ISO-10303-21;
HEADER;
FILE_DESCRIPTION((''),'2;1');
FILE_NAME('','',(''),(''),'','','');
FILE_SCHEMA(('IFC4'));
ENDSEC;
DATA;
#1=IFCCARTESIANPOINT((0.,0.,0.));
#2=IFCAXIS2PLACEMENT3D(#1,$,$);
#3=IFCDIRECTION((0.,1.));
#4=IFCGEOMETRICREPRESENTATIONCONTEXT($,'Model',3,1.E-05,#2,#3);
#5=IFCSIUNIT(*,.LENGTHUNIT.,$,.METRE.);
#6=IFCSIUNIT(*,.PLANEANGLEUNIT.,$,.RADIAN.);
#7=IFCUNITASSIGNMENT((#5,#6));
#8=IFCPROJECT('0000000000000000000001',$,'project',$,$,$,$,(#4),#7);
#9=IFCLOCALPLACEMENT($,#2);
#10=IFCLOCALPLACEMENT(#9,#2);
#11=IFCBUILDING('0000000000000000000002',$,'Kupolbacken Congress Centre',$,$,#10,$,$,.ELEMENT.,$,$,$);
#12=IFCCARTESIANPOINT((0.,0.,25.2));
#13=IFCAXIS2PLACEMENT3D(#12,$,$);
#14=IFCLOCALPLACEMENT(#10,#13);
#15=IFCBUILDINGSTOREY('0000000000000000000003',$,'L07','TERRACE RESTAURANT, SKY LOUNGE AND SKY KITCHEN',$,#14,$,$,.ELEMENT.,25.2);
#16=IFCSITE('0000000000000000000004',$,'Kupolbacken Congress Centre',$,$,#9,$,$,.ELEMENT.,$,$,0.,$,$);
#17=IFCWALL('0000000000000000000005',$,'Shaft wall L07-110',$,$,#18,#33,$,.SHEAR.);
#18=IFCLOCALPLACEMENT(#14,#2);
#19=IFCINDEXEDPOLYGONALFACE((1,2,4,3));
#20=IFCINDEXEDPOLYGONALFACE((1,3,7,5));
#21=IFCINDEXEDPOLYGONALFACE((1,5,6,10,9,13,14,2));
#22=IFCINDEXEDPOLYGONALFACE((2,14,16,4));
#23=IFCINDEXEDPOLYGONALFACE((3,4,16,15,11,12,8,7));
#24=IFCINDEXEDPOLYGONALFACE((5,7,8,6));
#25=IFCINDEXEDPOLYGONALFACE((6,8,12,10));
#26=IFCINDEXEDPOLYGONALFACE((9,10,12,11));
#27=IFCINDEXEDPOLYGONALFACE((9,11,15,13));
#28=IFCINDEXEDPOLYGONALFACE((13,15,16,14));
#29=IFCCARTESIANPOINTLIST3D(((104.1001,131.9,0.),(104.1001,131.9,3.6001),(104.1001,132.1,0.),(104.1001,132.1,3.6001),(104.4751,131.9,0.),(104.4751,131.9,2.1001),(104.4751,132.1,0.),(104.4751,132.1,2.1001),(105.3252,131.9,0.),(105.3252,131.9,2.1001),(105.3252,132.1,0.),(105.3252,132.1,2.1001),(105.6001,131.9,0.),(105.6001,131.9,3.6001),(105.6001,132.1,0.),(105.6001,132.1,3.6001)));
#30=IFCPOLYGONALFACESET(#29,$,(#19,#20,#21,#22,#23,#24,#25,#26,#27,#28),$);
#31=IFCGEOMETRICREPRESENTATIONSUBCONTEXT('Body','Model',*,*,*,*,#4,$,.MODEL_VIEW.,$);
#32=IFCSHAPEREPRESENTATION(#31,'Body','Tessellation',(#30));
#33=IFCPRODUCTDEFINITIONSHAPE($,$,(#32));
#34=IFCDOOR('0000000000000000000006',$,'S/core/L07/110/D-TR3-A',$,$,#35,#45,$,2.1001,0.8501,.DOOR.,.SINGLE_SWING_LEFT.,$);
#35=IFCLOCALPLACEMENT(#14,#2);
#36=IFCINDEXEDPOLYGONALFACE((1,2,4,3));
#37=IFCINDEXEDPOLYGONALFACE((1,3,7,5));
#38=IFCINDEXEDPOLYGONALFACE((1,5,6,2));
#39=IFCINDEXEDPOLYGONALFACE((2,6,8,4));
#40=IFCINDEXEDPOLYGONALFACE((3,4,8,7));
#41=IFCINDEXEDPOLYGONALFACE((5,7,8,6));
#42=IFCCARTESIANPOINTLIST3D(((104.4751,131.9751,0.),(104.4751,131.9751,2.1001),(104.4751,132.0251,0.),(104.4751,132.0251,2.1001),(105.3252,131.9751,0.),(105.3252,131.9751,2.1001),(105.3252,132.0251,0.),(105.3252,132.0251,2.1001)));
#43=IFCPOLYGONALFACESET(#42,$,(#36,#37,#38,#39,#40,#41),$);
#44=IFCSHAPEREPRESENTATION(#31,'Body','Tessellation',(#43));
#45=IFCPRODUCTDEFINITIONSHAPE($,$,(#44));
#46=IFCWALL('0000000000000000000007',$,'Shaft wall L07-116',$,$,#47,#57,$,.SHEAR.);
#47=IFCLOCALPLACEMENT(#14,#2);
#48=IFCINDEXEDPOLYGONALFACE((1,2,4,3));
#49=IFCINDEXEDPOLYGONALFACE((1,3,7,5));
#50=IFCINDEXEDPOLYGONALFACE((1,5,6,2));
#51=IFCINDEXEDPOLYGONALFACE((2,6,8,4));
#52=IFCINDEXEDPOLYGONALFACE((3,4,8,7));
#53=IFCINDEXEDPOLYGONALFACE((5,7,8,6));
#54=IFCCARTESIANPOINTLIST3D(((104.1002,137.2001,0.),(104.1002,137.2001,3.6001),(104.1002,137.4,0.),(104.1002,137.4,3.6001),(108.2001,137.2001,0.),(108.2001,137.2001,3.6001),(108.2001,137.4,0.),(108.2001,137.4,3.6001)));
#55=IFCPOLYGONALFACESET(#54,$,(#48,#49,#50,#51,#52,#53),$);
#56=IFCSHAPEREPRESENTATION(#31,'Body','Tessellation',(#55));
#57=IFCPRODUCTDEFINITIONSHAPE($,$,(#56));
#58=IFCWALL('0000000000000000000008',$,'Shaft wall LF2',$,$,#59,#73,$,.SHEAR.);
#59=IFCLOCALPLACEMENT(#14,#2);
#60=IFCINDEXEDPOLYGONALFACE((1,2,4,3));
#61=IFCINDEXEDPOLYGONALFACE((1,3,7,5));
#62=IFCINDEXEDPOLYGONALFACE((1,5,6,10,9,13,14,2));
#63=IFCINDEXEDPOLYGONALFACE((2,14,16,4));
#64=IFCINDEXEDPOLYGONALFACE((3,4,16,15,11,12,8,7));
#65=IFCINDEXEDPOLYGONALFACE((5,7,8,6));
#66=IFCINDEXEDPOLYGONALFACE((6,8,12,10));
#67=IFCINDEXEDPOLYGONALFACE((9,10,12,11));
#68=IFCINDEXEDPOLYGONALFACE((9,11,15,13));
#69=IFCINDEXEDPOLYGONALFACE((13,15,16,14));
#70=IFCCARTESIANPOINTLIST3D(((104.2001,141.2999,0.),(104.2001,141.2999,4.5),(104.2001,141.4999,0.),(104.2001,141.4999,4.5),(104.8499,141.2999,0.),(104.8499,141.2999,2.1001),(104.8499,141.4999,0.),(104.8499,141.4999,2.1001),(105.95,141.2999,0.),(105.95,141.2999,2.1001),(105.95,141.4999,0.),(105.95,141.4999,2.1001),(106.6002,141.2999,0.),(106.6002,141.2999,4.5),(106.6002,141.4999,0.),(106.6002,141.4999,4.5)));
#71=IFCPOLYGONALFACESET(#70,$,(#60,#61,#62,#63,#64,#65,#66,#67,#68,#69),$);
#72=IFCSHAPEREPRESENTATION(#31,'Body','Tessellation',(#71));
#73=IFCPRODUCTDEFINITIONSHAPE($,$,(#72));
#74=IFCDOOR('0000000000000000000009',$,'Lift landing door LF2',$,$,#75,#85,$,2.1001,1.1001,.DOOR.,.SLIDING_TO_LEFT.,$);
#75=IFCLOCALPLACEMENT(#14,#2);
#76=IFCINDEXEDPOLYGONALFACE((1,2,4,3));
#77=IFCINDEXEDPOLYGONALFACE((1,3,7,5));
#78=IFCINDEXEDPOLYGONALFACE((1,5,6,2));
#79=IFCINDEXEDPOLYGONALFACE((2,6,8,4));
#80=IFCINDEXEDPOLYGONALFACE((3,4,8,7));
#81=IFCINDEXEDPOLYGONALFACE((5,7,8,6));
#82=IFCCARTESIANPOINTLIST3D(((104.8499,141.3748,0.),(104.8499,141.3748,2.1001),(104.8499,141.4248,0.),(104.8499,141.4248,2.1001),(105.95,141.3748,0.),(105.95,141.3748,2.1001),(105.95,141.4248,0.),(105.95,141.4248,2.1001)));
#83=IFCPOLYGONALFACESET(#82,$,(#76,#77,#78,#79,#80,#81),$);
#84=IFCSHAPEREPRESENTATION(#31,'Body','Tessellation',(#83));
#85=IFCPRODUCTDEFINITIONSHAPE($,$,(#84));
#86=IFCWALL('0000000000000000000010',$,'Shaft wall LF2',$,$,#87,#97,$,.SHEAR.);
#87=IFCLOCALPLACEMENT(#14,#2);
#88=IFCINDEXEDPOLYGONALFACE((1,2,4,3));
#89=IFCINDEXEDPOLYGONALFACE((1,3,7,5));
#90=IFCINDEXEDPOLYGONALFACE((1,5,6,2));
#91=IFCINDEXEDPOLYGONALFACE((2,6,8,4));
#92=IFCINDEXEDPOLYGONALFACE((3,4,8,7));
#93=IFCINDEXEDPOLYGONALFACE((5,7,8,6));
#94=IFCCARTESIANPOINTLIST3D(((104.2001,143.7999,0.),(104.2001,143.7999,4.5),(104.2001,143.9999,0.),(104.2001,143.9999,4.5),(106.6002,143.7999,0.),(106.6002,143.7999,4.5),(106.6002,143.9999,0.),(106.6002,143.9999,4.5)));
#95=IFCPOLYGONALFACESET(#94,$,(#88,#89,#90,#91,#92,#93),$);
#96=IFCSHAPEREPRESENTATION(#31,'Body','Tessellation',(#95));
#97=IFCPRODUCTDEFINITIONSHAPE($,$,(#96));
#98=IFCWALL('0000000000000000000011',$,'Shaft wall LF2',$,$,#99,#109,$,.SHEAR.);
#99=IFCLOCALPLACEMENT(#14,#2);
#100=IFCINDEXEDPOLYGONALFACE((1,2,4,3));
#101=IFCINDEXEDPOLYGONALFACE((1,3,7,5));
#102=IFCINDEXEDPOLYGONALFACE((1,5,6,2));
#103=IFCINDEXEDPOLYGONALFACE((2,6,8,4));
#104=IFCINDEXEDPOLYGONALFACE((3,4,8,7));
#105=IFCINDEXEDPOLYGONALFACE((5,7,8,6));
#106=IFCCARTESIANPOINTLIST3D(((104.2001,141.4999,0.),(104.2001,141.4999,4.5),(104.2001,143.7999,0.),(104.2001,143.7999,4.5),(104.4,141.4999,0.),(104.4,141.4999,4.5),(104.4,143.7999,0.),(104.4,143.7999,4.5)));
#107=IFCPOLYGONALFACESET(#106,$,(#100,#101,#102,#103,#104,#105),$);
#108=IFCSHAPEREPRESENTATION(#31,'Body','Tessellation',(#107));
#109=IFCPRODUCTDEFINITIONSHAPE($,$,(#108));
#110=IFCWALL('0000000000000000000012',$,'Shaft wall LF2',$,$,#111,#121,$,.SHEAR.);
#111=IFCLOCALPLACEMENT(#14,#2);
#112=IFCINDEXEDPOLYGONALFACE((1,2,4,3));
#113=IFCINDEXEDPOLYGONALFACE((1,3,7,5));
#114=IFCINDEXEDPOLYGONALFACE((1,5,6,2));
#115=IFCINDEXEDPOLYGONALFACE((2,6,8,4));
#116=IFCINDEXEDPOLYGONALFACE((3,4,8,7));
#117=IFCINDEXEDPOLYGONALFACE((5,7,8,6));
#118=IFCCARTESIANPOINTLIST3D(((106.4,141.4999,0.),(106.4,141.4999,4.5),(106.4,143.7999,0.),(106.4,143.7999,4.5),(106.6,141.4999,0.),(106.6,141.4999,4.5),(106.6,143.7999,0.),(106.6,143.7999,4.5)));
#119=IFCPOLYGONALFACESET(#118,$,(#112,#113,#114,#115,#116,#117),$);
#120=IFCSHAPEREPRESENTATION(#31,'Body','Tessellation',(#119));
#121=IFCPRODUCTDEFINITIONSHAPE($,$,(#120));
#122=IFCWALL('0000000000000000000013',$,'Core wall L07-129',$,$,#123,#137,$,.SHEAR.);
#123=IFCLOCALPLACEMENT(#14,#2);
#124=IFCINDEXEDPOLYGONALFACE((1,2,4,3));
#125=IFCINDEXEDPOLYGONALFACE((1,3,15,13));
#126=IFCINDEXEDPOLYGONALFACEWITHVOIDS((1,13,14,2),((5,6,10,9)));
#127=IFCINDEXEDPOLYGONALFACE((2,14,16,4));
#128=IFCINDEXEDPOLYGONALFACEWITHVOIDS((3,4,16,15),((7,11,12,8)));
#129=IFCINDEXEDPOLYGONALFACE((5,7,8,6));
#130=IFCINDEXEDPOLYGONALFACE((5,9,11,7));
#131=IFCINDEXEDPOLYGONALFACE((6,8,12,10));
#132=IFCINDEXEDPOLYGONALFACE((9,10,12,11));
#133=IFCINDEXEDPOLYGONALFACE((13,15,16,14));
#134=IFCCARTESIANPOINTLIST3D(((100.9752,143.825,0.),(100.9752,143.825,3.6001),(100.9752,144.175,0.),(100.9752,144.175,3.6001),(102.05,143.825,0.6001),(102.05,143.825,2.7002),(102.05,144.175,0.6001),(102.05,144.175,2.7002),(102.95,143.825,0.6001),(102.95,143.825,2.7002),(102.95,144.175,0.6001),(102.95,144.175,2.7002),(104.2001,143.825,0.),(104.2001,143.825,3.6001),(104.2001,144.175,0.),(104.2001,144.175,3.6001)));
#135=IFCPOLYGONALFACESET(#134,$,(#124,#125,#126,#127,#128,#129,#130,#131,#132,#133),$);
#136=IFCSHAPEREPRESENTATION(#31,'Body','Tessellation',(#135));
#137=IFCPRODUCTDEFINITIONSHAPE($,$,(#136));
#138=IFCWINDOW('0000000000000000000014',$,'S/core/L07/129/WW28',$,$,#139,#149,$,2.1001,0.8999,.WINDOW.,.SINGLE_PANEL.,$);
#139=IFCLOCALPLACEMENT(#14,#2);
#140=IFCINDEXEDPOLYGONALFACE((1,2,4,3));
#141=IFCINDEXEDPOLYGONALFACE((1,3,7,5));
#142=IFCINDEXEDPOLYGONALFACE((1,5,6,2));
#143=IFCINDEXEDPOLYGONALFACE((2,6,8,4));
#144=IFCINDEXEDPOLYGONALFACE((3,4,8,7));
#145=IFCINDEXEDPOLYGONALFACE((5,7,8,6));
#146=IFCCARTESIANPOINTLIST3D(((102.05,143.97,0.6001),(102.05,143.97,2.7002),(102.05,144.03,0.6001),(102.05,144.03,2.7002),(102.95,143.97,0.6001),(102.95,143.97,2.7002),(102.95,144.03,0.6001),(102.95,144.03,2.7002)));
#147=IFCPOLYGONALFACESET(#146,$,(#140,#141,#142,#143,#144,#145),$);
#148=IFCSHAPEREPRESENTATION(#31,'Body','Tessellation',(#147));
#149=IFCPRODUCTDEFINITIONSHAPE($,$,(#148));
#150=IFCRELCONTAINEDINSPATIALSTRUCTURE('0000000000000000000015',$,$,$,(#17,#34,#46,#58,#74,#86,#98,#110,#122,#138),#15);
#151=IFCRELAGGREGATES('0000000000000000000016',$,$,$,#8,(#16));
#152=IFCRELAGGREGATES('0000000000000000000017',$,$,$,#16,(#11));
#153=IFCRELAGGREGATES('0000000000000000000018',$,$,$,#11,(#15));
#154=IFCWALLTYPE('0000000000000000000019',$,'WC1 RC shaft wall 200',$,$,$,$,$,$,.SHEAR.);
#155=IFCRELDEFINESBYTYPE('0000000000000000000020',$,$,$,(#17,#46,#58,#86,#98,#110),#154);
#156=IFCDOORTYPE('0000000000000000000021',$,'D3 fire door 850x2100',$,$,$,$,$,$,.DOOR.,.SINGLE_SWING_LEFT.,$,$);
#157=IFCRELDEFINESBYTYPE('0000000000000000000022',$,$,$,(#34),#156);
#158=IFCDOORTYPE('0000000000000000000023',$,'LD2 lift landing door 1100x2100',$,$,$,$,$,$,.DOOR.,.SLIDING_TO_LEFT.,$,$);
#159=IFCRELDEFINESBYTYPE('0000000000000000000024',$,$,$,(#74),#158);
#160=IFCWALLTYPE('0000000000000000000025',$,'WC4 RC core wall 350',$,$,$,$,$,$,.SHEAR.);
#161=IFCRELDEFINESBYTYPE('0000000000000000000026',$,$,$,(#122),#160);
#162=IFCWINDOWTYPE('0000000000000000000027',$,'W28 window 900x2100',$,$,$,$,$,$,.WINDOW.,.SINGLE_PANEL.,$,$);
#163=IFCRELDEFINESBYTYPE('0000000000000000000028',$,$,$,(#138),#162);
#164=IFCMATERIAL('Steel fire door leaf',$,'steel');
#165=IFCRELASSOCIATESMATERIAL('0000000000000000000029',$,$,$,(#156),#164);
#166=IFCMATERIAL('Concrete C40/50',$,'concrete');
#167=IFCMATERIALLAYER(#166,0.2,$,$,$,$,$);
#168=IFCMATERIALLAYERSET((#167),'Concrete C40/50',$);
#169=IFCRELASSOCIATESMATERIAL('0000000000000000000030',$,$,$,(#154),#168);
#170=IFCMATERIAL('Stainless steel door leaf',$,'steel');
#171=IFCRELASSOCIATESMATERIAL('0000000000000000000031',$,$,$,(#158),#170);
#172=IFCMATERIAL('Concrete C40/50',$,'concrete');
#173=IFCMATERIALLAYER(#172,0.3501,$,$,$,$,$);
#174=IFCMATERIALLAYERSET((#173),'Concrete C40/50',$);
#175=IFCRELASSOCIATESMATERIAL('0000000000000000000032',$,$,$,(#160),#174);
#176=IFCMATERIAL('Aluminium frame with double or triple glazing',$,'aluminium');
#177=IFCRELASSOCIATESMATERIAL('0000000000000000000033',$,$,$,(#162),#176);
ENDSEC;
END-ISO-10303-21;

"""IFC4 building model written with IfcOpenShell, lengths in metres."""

from ifc_helpers import new_model, si_unit, direction, frame, frame_2d, origin, place, context, subcontext, project, spatial, rectangle, extrude, material, layer, layer_set, type_object, element, fill, save


model = new_model("IFC4")

# Units and contexts
model_context = context("Model", 3, precision=1e-05, world=origin(), true_north=direction((0.0, 1.0)))
body_context = subcontext(model_context, "Body", "Model", "MODEL_VIEW")
ifc_project = project(units=[si_unit("LENGTHUNIT", "METRE"), si_unit("PLANEANGLEUNIT", "RADIAN")], contexts=[model_context])

# Site, building, storey
site_placement = place(None, origin())
site = spatial("IfcSite", under=ifc_project, at=site_placement, Name="Kupolbacken Congress Centre", CompositionType="ELEMENT", RefElevation=0.0)
building_placement = place(site_placement, origin())
building = spatial("IfcBuilding", under=site, at=building_placement, Name="Kupolbacken Congress Centre", CompositionType="ELEMENT")
storey_placement = place(building_placement, frame((0.0, 0.0, 25.2)))
storey = spatial("IfcBuildingStorey", under=building, at=storey_placement, Name="L07", Description="TERRACE RESTAURANT, SKY LOUNGE AND SKY KITCHEN", CompositionType="ELEMENT", Elevation=25.2)

# Shared definitions
ifc_material_1 = material(Name="Steel fire door leaf", Category="steel")
door_type_1 = type_object("IfcDoorType", Name="D3 fire door 850x2100", OperationType="SINGLE_SWING_LEFT", PredefinedType="DOOR", material=ifc_material_1)

# Wall, opening, door
ifc_material_2 = material(Name="Concrete C40/50", Category="concrete")
ifc_layer_1 = layer(ifc_material_2, 0.2)
ifc_layer_set_1 = layer_set([ifc_layer_1], Name="Concrete C40/50")
wall_type_1 = type_object("IfcWallType", Name="WC1 RC shaft wall 200", PredefinedType="SHEAR", material=ifc_layer_set_1)
wall_1_placement = place(storey_placement, frame((105.6001, 132.0, 0.0), z_axis=(0.0, 0.0, 1.0), x_axis=(-1.0, 0.0, 0.0)))
wall_1 = element("IfcWall", 1, at=wall_1_placement, inside=storey, type_object=wall_type_1, Name="Shaft wall L07-110", PredefinedType="SHEAR", context=body_context, shape_type="SweptSolid", body=[
    extrude(rectangle(XDim=1.5, YDim=0.2, at=frame_2d((0.75, 0.0))), origin(), (0.0, 0.0, 1.0), 3.6001),
])
opening_1_placement = place(wall_1_placement, frame((0.2749, 0.0, 0.0)))
opening_1 = element("IfcOpeningElement", 2, at=opening_1_placement, cuts=wall_1, PredefinedType="OPENING", context=body_context, shape_type="SweptSolid", body=[
    extrude(rectangle(XDim=0.8501, YDim=2.1001, at=frame_2d((0.425, 1.05))), frame((0.0, 0.1099, 0.0), z_axis=(0.0, -1.0, 0.0), x_axis=(1.0, 0.0, 0.0)), (0.0, 0.0, 1.0), 0.22),
])
door_1_placement = place(opening_1_placement, origin())
door_1 = element("IfcDoor", 3, at=door_1_placement, inside=storey, type_object=door_type_1, Name="S/core/L07/110/D-TR3-A", OperationType="SINGLE_SWING_LEFT", OverallHeight=2.1001, OverallWidth=0.8501, PredefinedType="DOOR", context=body_context, shape_type="SweptSolid", body=[
    extrude(rectangle(XDim=0.8501, YDim=2.1001, at=frame_2d((0.425, 1.05))), frame((0.0, 0.0249, 0.0), z_axis=(0.0, -1.0, 0.0), x_axis=(1.0, 0.0, 0.0)), (0.0, 0.0, 1.0), 0.05),
])
fill(opening_1, door_1)

# Wall
wall_2_placement = place(storey_placement, frame((108.2, 137.3, 0.0), z_axis=(0.0, 0.0, 1.0), x_axis=(-1.0, 0.0, 0.0)))
element("IfcWall", 4, at=wall_2_placement, inside=storey, type_object=wall_type_1, Name="Shaft wall L07-116", PredefinedType="SHEAR", context=body_context, shape_type="SweptSolid", body=[
    extrude(rectangle(XDim=4.0999, YDim=0.2, at=frame_2d((2.0498, 0.0))), origin(), (0.0, 0.0, 1.0), 3.6001),
])

# Wall, opening, door
wall_3_placement = place(storey_placement, frame((104.2, 141.3999, 0.0), z_axis=(0.0, 0.0, 1.0), x_axis=(1.0, 0.0, 0.0)))
wall_3 = element("IfcWall", 5, at=wall_3_placement, inside=storey, type_object=wall_type_1, Name="Shaft wall LF2", PredefinedType="SHEAR", context=body_context, shape_type="SweptSolid", body=[
    extrude(rectangle(XDim=2.4001, YDim=0.2, at=frame_2d((1.2002, 0.0))), origin(), (0.0, 0.0, 1.0), 4.5),
])
opening_2_placement = place(wall_3_placement, frame((0.6499, 0.0, 0.0)))
opening_2 = element("IfcOpeningElement", 6, at=opening_2_placement, cuts=wall_3, PredefinedType="OPENING", context=body_context, shape_type="SweptSolid", body=[
    extrude(rectangle(XDim=1.1001, YDim=2.1001, at=frame_2d((0.55, 1.05))), frame((0.0, 0.1099, 0.0), z_axis=(0.0, -1.0, 0.0), x_axis=(1.0, 0.0, 0.0)), (0.0, 0.0, 1.0), 0.22),
])
ifc_material_3 = material(Name="Stainless steel door leaf", Category="steel")
door_type_2 = type_object("IfcDoorType", Name="LD2 lift landing door 1100x2100", OperationType="SLIDING_TO_LEFT", PredefinedType="DOOR", material=ifc_material_3)
door_2_placement = place(opening_2_placement, origin())
door_2 = element("IfcDoor", 7, at=door_2_placement, inside=storey, type_object=door_type_2, Name="Lift landing door LF2", OperationType="SLIDING_TO_LEFT", OverallHeight=2.1001, OverallWidth=1.1001, PredefinedType="DOOR", context=body_context, shape_type="SweptSolid", body=[
    extrude(rectangle(XDim=1.1001, YDim=2.1001, at=frame_2d((0.55, 1.05))), frame((0.0, 0.0249, 0.0), z_axis=(0.0, -1.0, 0.0), x_axis=(1.0, 0.0, 0.0)), (0.0, 0.0, 1.0), 0.05),
])
fill(opening_2, door_2)

# Walls
wall_4_placement = place(storey_placement, frame((104.2, 143.8999, 0.0), z_axis=(0.0, 0.0, 1.0), x_axis=(1.0, 0.0, 0.0)))
element("IfcWall", 8, at=wall_4_placement, inside=storey, type_object=wall_type_1, Name="Shaft wall LF2", PredefinedType="SHEAR", context=body_context, shape_type="SweptSolid", body=[
    extrude(rectangle(XDim=2.4001, YDim=0.2, at=frame_2d((1.2002, 0.0))), origin(), (0.0, 0.0, 1.0), 4.5),
])
for number, where, z_axis, x_axis, name in (
    (9, (104.3, 141.5, 0.0), (0.0, 0.0, 1.0), (0.0, 1.0, 0.0), "Shaft wall LF2"),
    (10, (106.5, 141.5, 0.0), (0.0, 0.0, 1.0), (0.0, 1.0, 0.0), "Shaft wall LF2"),
):
    element("IfcWall", number, at=place(storey_placement, frame(where, z_axis=z_axis, x_axis=x_axis)), inside=storey, type_object=wall_type_1, Name=name, PredefinedType="SHEAR", context=body_context, shape_type="SweptSolid", body=[
        extrude(rectangle(XDim=2.3, YDim=0.2, at=frame_2d((1.1499, 0.0))), origin(), (0.0, 0.0, 1.0), 4.5),
    ])

# Wall, opening, window
ifc_material_4 = material(Name="Concrete C40/50", Category="concrete")
ifc_layer_2 = layer(ifc_material_4, 0.3501)
ifc_layer_set_2 = layer_set([ifc_layer_2], Name="Concrete C40/50")
wall_type_2 = type_object("IfcWallType", Name="WC4 RC core wall 350", PredefinedType="SHEAR", material=ifc_layer_set_2)
wall_5_placement = place(storey_placement, frame((104.2, 144.0, 0.0), z_axis=(0.0, 0.0, 1.0), x_axis=(-1.0, 0.0, 0.0)))
wall_5 = element("IfcWall", 11, at=wall_5_placement, inside=storey, type_object=wall_type_2, Name="Core wall L07-129", PredefinedType="SHEAR", context=body_context, shape_type="SweptSolid", body=[
    extrude(rectangle(XDim=3.2249, YDim=0.3501, at=frame_2d((1.6123, 0.0))), origin(), (0.0, 0.0, 1.0), 3.6001),
])
opening_3_placement = place(wall_5_placement, frame((1.25, 0.0, 0.6001)))
opening_3 = element("IfcOpeningElement", 12, at=opening_3_placement, cuts=wall_5, PredefinedType="OPENING", context=body_context, shape_type="SweptSolid", body=[
    extrude(rectangle(XDim=0.8999, YDim=2.1001, at=frame_2d((0.45, 1.05))), frame((0.0, 0.1851, 0.0), z_axis=(0.0, -1.0, 0.0), x_axis=(1.0, 0.0, 0.0)), (0.0, 0.0, 1.0), 0.3701),
])
ifc_material_5 = material(Name="Aluminium frame with double or triple glazing", Category="aluminium")
window_type = type_object("IfcWindowType", Name="W28 window 900x2100", PartitioningType="SINGLE_PANEL", PredefinedType="WINDOW", material=ifc_material_5)
window_placement = place(opening_3_placement, origin())
window = element("IfcWindow", 13, at=window_placement, inside=storey, type_object=window_type, Name="S/core/L07/129/WW28", OverallHeight=2.1001, OverallWidth=0.8999, PartitioningType="SINGLE_PANEL", PredefinedType="WINDOW", context=body_context, shape_type="SweptSolid", body=[
    extrude(rectangle(XDim=0.8999, YDim=2.1001, at=frame_2d((0.45, 1.05))), frame((0.0, 0.03, 0.0), z_axis=(0.0, -1.0, 0.0), x_axis=(1.0, 0.0, 0.0)), (0.0, 0.0, 1.0), 0.0601),
])
fill(opening_3, window)

save(model, "model.ifc")
